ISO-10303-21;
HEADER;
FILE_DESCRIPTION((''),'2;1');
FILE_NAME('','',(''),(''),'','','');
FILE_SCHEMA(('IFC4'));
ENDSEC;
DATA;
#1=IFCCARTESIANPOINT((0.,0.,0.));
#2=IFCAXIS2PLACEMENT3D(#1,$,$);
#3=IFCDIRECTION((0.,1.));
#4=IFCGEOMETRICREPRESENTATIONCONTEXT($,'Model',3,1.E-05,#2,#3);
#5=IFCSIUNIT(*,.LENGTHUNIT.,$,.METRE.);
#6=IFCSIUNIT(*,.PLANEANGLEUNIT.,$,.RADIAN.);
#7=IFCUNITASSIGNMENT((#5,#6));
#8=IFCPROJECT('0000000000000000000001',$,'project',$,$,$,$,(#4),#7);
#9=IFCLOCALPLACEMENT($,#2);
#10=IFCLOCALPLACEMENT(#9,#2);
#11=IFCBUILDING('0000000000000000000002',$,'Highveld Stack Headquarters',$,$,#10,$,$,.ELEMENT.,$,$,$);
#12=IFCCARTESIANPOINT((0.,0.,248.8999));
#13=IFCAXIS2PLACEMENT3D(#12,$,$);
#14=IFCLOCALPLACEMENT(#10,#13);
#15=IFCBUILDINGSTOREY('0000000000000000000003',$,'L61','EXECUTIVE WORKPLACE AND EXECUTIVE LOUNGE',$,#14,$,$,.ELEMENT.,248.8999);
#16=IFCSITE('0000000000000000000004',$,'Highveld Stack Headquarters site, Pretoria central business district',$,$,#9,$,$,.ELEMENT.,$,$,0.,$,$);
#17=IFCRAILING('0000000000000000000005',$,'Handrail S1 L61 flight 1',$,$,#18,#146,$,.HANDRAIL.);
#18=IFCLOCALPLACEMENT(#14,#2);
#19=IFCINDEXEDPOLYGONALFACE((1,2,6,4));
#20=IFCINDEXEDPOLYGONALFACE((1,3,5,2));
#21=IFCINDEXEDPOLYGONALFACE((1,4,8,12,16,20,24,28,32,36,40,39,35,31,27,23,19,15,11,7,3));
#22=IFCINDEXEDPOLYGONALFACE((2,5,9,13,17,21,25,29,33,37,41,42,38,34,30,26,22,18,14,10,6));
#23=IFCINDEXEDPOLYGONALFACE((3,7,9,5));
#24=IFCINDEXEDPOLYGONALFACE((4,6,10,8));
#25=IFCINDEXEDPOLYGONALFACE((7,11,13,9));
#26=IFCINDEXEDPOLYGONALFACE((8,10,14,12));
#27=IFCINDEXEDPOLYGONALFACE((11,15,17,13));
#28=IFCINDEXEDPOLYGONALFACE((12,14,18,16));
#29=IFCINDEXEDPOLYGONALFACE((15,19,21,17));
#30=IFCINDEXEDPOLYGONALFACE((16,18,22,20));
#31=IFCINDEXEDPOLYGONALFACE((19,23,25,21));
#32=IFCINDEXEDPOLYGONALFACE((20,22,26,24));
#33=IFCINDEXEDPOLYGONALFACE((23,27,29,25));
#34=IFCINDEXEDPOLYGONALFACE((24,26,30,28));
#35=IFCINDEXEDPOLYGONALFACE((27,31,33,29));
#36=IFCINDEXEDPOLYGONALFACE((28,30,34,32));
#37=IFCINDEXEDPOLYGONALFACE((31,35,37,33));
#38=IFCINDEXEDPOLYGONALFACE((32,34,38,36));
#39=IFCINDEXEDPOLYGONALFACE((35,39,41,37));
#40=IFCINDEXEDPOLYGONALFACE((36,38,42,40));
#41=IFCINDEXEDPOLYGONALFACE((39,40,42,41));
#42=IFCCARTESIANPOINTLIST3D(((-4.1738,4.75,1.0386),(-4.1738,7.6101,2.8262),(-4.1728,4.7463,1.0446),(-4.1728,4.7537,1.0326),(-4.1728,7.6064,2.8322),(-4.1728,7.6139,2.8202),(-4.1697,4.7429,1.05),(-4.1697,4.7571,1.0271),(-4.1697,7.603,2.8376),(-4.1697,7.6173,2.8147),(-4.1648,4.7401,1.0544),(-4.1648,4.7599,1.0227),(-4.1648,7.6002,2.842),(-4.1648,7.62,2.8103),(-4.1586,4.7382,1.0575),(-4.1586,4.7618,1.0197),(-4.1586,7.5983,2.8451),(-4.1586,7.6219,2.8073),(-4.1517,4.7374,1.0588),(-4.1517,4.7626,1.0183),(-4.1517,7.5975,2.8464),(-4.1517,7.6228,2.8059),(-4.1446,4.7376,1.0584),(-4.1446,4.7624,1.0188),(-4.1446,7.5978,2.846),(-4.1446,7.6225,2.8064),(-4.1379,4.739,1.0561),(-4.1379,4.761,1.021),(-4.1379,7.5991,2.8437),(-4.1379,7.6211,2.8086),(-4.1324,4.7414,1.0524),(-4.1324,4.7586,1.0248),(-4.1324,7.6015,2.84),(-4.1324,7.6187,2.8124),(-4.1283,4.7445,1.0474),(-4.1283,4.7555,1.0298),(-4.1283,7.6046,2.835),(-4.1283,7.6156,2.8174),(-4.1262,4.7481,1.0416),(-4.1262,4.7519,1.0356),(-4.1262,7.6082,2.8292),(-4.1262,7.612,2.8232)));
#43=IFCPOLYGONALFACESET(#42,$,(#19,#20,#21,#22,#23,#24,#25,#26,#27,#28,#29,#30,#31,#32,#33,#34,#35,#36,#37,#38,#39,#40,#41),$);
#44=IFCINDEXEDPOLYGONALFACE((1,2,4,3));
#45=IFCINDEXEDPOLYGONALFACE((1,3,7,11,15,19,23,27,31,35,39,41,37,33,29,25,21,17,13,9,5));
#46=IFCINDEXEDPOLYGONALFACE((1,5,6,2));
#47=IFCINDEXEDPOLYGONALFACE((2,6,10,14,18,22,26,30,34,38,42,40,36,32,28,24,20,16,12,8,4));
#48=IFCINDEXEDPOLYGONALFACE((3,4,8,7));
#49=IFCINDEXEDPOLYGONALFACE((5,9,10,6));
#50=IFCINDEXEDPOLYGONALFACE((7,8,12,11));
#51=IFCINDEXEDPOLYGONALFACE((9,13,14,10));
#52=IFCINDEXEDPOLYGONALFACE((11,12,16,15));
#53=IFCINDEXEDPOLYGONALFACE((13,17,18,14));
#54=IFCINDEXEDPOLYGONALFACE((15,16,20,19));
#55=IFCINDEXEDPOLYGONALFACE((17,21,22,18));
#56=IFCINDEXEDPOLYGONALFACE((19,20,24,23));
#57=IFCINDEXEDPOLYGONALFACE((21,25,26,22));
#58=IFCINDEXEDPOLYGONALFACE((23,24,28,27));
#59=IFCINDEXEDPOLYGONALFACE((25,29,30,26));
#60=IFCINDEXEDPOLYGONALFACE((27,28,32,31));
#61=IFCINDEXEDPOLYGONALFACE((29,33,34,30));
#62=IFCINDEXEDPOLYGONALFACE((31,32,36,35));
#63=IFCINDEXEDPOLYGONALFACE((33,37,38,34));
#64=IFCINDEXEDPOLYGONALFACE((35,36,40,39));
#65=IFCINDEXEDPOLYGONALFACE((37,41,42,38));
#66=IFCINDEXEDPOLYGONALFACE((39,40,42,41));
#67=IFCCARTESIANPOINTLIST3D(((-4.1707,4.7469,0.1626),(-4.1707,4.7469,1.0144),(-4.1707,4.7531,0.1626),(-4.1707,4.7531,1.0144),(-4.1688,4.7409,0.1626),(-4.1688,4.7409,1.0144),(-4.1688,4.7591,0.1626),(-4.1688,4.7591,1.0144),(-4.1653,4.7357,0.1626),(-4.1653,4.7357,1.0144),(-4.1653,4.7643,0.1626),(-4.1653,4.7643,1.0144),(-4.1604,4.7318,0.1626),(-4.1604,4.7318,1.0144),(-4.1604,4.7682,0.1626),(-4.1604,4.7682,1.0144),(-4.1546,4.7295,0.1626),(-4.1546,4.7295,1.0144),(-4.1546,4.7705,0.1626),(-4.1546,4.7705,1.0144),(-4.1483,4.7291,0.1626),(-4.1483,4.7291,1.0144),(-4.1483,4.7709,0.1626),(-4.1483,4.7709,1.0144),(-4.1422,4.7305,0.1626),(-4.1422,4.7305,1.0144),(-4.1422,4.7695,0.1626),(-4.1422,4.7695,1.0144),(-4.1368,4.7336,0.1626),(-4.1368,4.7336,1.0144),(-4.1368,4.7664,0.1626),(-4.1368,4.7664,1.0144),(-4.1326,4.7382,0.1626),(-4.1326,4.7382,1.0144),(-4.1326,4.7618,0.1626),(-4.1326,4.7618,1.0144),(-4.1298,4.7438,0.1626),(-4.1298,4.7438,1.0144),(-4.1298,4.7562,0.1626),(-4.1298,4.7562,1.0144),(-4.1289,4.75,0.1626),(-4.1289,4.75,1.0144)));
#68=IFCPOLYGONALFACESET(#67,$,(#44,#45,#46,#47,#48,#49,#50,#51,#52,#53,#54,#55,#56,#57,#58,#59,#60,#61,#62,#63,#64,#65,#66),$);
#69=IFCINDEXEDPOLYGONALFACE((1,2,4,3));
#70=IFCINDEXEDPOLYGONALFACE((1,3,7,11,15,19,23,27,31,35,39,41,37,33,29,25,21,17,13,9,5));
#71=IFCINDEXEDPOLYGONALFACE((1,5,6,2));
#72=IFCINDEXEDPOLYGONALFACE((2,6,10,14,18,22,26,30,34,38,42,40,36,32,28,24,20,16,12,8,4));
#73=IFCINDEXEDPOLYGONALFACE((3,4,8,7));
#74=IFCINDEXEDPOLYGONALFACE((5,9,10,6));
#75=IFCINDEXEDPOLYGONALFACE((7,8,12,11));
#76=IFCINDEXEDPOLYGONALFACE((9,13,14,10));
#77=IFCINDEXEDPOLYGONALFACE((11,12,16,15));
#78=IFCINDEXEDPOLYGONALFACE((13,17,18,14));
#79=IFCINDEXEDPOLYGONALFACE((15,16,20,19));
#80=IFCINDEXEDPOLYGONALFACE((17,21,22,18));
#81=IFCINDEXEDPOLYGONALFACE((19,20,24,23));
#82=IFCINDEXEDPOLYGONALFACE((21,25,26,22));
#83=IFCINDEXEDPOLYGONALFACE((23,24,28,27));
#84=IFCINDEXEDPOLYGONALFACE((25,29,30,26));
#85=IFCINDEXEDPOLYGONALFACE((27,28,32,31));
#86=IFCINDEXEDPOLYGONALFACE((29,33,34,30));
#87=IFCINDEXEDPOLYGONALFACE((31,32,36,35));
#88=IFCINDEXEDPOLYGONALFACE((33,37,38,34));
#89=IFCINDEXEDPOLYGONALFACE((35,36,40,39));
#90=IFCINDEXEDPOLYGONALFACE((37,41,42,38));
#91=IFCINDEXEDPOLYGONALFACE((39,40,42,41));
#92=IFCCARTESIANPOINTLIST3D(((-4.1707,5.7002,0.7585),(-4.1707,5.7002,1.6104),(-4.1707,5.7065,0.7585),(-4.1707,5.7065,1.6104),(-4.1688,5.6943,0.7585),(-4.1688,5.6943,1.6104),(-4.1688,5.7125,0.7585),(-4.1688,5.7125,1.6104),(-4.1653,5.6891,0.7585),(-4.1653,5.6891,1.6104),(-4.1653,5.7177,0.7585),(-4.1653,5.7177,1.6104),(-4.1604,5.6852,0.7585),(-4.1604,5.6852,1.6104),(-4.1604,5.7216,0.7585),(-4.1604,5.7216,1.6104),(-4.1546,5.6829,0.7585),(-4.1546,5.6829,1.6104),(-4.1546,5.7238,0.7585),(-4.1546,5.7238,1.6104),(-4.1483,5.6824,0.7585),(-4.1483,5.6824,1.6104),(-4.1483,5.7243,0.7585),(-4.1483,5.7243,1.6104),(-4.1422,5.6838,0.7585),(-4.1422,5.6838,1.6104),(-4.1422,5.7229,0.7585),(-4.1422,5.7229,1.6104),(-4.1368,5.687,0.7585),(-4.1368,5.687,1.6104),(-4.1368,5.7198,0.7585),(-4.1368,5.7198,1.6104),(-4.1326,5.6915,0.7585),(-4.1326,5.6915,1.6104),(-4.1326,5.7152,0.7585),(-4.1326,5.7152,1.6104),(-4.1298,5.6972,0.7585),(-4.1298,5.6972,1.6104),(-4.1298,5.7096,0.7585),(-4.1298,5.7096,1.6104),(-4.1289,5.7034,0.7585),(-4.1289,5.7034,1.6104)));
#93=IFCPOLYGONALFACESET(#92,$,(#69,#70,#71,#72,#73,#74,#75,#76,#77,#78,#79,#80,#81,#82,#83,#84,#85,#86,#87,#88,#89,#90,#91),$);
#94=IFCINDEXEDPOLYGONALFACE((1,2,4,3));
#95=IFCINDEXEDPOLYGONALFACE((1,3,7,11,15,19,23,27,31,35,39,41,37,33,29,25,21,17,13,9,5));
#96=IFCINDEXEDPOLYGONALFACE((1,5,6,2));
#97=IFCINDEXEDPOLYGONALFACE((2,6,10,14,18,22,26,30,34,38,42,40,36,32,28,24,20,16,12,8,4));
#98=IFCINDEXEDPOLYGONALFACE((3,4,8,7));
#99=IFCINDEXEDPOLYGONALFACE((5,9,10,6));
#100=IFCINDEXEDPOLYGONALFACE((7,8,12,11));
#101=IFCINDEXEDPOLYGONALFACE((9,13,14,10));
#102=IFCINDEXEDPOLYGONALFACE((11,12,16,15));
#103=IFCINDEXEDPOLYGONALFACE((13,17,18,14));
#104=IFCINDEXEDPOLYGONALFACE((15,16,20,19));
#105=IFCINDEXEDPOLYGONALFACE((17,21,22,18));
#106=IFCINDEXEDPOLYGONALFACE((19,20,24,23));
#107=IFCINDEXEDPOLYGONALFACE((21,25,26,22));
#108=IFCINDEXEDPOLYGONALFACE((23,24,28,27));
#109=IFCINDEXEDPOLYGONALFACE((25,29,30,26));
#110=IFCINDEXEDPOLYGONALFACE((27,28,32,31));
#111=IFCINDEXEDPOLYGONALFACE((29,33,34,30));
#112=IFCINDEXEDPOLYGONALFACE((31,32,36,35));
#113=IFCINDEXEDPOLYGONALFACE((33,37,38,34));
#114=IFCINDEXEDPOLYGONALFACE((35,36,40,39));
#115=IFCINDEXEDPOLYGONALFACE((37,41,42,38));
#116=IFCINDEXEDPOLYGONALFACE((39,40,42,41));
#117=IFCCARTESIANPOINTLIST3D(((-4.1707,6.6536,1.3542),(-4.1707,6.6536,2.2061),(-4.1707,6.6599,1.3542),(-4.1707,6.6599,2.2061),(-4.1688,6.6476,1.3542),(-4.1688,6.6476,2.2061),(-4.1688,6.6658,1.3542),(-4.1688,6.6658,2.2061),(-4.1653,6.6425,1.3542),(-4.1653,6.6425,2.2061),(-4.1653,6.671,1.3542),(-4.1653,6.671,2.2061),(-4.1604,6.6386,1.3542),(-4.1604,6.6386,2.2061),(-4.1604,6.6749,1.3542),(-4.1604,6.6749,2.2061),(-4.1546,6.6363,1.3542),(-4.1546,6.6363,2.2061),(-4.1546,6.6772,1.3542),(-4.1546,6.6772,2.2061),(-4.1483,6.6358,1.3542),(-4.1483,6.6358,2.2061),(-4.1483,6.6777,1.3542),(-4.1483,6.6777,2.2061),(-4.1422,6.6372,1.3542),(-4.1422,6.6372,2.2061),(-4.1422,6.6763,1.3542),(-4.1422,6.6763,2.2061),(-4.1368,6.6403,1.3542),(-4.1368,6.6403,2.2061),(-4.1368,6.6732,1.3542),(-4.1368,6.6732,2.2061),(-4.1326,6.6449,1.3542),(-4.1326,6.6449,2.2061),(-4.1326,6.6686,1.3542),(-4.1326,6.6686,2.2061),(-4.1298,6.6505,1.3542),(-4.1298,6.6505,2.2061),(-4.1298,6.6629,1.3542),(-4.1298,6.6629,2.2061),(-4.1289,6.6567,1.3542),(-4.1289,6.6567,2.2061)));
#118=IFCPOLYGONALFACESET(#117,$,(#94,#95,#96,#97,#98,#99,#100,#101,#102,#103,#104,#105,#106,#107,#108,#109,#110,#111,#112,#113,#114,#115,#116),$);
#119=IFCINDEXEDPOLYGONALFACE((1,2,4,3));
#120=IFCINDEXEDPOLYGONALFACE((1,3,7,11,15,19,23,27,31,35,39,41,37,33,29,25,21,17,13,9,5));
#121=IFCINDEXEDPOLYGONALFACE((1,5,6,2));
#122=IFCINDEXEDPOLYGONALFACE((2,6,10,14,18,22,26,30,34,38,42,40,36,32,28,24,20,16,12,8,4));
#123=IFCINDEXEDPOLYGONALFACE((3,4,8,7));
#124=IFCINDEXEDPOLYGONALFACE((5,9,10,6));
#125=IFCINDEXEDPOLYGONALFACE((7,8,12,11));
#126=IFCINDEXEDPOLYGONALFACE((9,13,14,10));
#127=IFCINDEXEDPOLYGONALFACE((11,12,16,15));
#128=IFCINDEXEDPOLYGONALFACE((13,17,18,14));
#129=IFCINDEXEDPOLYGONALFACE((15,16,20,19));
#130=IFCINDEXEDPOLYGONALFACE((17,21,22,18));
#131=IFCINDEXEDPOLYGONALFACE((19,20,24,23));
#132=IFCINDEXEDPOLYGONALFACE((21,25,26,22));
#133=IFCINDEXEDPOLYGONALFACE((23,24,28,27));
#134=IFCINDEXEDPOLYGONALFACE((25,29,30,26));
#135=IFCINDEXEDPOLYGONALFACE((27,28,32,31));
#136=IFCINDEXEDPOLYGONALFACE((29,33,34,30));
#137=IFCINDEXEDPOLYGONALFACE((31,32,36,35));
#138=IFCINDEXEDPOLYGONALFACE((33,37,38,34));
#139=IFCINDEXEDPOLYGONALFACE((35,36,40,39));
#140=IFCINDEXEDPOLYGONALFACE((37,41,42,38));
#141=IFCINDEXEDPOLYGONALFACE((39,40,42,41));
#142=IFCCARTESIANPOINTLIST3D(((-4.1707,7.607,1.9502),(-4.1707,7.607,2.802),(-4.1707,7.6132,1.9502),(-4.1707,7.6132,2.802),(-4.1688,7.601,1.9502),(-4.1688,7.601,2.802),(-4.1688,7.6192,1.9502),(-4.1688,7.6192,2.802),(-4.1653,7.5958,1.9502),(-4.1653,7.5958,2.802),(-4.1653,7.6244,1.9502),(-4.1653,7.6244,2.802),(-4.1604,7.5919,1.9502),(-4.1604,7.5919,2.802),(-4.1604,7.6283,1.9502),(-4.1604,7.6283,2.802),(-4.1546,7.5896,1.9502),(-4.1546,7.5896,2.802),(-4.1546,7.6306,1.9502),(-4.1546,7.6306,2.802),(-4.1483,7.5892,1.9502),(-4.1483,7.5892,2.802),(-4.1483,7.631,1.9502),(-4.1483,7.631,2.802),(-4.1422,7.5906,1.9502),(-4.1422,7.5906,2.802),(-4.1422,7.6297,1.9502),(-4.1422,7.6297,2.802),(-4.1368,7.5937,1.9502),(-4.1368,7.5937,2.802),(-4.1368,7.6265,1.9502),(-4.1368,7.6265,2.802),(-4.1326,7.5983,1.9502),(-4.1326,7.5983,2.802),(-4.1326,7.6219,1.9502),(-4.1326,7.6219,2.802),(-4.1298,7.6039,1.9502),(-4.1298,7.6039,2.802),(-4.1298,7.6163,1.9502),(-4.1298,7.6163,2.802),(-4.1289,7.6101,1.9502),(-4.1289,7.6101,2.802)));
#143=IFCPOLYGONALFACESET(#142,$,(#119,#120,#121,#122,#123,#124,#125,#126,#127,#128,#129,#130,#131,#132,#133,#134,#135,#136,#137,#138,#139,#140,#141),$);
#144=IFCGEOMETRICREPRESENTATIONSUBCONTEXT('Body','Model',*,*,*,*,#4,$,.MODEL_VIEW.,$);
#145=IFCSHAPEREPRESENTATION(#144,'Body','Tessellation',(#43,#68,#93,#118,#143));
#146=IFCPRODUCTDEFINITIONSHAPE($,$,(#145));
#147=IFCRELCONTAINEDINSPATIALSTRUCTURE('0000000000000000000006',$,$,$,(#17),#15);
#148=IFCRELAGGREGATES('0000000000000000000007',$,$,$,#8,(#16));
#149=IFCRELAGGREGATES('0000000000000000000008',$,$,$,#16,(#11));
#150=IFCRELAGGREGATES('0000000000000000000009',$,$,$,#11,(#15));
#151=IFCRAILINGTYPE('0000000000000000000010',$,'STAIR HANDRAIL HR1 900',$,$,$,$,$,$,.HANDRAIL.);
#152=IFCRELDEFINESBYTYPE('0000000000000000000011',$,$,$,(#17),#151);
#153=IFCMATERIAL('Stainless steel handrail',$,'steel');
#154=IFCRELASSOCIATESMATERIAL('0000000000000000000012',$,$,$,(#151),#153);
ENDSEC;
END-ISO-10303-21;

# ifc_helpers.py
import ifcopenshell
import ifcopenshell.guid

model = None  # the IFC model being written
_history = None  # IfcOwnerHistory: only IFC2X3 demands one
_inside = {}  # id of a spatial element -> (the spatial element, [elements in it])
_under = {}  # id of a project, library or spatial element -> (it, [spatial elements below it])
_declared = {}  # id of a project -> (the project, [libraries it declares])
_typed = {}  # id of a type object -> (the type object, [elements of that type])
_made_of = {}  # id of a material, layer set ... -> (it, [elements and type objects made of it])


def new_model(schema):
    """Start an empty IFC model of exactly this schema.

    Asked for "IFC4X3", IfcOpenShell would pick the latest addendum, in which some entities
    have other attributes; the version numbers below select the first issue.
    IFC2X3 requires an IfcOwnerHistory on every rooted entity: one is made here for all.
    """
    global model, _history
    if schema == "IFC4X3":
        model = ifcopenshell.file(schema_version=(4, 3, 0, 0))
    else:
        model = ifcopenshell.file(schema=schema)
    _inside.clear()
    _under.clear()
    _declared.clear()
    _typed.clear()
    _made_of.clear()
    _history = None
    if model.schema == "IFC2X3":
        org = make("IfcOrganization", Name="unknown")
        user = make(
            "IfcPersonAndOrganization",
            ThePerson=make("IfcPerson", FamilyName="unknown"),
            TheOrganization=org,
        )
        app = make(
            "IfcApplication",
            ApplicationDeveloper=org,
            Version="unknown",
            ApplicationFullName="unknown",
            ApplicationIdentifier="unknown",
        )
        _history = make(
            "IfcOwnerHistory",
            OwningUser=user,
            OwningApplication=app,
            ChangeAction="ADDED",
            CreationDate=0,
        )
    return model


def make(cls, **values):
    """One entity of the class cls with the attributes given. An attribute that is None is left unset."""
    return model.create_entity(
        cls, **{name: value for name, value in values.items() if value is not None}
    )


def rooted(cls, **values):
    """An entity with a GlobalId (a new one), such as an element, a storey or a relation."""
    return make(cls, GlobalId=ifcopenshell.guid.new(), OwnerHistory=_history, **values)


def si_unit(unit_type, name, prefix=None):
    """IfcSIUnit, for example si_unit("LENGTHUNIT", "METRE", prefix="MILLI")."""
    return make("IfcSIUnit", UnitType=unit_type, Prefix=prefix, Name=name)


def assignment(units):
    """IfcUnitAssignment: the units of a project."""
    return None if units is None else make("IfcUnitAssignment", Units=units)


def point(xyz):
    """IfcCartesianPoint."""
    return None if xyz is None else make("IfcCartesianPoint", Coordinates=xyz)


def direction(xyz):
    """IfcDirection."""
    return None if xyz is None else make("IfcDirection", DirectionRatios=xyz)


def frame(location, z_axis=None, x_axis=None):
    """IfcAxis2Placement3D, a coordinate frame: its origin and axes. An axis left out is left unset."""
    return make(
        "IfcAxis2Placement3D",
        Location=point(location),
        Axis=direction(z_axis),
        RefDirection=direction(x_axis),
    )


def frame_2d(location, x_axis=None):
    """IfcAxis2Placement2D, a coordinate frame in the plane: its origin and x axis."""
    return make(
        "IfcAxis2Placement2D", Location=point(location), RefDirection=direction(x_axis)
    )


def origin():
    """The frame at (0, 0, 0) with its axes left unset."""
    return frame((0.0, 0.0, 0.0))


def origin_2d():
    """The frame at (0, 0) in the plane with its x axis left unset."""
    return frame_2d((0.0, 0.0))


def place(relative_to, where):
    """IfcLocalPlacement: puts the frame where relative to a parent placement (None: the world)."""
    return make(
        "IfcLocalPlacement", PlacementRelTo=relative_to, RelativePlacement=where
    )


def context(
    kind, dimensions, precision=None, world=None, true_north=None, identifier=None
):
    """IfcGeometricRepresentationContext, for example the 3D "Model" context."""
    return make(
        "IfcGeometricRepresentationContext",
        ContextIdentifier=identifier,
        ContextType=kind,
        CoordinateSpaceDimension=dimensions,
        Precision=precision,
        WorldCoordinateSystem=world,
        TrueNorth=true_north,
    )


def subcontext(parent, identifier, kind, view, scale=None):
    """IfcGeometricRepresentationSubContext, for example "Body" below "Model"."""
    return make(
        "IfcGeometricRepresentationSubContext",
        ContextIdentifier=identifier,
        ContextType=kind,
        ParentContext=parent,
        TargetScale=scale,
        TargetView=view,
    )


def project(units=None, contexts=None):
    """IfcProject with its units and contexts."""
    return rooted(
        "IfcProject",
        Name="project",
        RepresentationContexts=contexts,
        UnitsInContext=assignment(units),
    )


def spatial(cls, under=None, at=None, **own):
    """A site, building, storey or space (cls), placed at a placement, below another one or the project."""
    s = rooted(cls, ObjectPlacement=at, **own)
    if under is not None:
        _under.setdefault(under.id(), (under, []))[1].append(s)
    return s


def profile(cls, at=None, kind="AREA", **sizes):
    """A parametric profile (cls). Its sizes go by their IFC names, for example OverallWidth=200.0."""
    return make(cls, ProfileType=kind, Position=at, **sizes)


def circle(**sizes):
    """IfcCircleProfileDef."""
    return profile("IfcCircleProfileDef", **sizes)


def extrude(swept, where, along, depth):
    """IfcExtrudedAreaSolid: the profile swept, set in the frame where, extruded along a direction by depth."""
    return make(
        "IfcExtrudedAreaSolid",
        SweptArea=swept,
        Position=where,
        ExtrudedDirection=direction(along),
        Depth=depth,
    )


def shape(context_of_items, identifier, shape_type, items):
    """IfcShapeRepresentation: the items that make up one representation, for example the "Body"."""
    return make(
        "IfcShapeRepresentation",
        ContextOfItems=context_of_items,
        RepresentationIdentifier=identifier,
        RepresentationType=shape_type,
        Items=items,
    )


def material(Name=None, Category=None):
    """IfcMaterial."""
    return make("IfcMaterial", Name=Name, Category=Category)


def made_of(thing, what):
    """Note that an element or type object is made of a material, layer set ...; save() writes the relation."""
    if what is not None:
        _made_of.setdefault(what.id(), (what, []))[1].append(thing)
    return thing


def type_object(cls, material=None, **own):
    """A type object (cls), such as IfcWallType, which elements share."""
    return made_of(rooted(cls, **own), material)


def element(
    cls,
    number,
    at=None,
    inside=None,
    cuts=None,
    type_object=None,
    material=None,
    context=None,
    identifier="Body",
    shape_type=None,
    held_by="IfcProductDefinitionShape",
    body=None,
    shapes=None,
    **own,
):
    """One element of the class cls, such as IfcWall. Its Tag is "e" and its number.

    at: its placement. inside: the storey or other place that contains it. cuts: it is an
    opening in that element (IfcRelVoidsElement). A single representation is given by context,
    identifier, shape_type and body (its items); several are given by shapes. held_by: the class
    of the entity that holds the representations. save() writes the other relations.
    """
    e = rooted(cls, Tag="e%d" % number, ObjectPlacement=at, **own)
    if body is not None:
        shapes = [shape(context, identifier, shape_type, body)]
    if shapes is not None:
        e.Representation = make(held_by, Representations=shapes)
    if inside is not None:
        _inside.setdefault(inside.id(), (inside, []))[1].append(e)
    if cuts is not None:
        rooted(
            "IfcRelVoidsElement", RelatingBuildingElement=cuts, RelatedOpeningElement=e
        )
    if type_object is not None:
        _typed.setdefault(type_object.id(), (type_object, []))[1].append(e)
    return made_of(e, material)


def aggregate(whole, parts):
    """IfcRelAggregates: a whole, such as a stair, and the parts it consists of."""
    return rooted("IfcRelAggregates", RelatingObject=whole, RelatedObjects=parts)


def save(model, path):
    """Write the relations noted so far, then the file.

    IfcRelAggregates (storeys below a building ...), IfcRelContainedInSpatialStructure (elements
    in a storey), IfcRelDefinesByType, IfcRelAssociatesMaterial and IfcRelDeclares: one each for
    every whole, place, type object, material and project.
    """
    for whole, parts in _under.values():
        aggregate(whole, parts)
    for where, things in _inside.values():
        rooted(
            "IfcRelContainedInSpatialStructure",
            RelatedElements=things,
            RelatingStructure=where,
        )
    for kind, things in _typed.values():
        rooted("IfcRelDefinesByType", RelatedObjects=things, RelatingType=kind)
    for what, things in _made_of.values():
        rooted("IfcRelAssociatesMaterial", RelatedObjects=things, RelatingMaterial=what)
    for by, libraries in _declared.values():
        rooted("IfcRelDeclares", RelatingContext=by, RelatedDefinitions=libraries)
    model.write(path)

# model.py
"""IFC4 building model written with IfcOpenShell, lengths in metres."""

from ifc_helpers import new_model, si_unit, direction, frame, origin, origin_2d, place, context, subcontext, project, spatial, circle, extrude, material, type_object, element, save


model = new_model("IFC4")

# Units and contexts
model_context = context("Model", 3, precision=1e-05, world=origin(), true_north=direction((0.0, 1.0)))
body_context = subcontext(model_context, "Body", "Model", "MODEL_VIEW")
ifc_project = project(units=[si_unit("LENGTHUNIT", "METRE"), si_unit("PLANEANGLEUNIT", "RADIAN")], contexts=[model_context])

# Site, building, storey
site_placement = place(None, origin())
site = spatial("IfcSite", under=ifc_project, at=site_placement, Name="Highveld Stack Headquarters site, Pretoria central business district", CompositionType="ELEMENT", RefElevation=0.0)
building_placement = place(site_placement, origin())
building = spatial("IfcBuilding", under=site, at=building_placement, Name="Highveld Stack Headquarters", CompositionType="ELEMENT")
storey_placement = place(building_placement, frame((0.0, 0.0, 248.8999)))
storey = spatial("IfcBuildingStorey", under=building, at=storey_placement, Name="L61", Description="EXECUTIVE WORKPLACE AND EXECUTIVE LOUNGE", CompositionType="ELEMENT", Elevation=248.8999)

# Railing
ifc_material_1 = material(Name="Stainless steel handrail", Category="steel")
railing_type = type_object("IfcRailingType", Name="STAIR HANDRAIL HR1 900", PredefinedType="HANDRAIL", material=ifc_material_1)
railing_placement = place(storey_placement, frame((-4.1499, 4.75, 0.1626)))
element("IfcRailing", 1, at=railing_placement, inside=storey, type_object=railing_type, Name="Handrail S1 L61 flight 1", PredefinedType="HANDRAIL", context=body_context, shape_type="SweptSolid", body=[
    extrude(circle(Radius=0.0239, at=origin_2d()), frame((0.0, 0.0, 0.876), z_axis=(0.0, 0.847994, 0.530005), x_axis=(-1.0, 0.0, 0.0)), (0.0, 0.0, 1.0), 3.3728),
    extrude(circle(Radius=0.021, at=origin_2d()), origin(), (0.0, 0.0, 1.0), 0.8518),
    extrude(circle(Radius=0.021, at=origin_2d()), frame((0.0, 0.9534, 0.5959)), (0.0, 0.0, 1.0), 0.8518),
    extrude(circle(Radius=0.021, at=origin_2d()), frame((0.0, 1.9067, 1.1917)), (0.0, 0.0, 1.0), 0.8518),
    extrude(circle(Radius=0.021, at=origin_2d()), frame((0.0, 2.8601, 1.7876)), (0.0, 0.0, 1.0), 0.8518),
])

save(model, "model.ifc")
